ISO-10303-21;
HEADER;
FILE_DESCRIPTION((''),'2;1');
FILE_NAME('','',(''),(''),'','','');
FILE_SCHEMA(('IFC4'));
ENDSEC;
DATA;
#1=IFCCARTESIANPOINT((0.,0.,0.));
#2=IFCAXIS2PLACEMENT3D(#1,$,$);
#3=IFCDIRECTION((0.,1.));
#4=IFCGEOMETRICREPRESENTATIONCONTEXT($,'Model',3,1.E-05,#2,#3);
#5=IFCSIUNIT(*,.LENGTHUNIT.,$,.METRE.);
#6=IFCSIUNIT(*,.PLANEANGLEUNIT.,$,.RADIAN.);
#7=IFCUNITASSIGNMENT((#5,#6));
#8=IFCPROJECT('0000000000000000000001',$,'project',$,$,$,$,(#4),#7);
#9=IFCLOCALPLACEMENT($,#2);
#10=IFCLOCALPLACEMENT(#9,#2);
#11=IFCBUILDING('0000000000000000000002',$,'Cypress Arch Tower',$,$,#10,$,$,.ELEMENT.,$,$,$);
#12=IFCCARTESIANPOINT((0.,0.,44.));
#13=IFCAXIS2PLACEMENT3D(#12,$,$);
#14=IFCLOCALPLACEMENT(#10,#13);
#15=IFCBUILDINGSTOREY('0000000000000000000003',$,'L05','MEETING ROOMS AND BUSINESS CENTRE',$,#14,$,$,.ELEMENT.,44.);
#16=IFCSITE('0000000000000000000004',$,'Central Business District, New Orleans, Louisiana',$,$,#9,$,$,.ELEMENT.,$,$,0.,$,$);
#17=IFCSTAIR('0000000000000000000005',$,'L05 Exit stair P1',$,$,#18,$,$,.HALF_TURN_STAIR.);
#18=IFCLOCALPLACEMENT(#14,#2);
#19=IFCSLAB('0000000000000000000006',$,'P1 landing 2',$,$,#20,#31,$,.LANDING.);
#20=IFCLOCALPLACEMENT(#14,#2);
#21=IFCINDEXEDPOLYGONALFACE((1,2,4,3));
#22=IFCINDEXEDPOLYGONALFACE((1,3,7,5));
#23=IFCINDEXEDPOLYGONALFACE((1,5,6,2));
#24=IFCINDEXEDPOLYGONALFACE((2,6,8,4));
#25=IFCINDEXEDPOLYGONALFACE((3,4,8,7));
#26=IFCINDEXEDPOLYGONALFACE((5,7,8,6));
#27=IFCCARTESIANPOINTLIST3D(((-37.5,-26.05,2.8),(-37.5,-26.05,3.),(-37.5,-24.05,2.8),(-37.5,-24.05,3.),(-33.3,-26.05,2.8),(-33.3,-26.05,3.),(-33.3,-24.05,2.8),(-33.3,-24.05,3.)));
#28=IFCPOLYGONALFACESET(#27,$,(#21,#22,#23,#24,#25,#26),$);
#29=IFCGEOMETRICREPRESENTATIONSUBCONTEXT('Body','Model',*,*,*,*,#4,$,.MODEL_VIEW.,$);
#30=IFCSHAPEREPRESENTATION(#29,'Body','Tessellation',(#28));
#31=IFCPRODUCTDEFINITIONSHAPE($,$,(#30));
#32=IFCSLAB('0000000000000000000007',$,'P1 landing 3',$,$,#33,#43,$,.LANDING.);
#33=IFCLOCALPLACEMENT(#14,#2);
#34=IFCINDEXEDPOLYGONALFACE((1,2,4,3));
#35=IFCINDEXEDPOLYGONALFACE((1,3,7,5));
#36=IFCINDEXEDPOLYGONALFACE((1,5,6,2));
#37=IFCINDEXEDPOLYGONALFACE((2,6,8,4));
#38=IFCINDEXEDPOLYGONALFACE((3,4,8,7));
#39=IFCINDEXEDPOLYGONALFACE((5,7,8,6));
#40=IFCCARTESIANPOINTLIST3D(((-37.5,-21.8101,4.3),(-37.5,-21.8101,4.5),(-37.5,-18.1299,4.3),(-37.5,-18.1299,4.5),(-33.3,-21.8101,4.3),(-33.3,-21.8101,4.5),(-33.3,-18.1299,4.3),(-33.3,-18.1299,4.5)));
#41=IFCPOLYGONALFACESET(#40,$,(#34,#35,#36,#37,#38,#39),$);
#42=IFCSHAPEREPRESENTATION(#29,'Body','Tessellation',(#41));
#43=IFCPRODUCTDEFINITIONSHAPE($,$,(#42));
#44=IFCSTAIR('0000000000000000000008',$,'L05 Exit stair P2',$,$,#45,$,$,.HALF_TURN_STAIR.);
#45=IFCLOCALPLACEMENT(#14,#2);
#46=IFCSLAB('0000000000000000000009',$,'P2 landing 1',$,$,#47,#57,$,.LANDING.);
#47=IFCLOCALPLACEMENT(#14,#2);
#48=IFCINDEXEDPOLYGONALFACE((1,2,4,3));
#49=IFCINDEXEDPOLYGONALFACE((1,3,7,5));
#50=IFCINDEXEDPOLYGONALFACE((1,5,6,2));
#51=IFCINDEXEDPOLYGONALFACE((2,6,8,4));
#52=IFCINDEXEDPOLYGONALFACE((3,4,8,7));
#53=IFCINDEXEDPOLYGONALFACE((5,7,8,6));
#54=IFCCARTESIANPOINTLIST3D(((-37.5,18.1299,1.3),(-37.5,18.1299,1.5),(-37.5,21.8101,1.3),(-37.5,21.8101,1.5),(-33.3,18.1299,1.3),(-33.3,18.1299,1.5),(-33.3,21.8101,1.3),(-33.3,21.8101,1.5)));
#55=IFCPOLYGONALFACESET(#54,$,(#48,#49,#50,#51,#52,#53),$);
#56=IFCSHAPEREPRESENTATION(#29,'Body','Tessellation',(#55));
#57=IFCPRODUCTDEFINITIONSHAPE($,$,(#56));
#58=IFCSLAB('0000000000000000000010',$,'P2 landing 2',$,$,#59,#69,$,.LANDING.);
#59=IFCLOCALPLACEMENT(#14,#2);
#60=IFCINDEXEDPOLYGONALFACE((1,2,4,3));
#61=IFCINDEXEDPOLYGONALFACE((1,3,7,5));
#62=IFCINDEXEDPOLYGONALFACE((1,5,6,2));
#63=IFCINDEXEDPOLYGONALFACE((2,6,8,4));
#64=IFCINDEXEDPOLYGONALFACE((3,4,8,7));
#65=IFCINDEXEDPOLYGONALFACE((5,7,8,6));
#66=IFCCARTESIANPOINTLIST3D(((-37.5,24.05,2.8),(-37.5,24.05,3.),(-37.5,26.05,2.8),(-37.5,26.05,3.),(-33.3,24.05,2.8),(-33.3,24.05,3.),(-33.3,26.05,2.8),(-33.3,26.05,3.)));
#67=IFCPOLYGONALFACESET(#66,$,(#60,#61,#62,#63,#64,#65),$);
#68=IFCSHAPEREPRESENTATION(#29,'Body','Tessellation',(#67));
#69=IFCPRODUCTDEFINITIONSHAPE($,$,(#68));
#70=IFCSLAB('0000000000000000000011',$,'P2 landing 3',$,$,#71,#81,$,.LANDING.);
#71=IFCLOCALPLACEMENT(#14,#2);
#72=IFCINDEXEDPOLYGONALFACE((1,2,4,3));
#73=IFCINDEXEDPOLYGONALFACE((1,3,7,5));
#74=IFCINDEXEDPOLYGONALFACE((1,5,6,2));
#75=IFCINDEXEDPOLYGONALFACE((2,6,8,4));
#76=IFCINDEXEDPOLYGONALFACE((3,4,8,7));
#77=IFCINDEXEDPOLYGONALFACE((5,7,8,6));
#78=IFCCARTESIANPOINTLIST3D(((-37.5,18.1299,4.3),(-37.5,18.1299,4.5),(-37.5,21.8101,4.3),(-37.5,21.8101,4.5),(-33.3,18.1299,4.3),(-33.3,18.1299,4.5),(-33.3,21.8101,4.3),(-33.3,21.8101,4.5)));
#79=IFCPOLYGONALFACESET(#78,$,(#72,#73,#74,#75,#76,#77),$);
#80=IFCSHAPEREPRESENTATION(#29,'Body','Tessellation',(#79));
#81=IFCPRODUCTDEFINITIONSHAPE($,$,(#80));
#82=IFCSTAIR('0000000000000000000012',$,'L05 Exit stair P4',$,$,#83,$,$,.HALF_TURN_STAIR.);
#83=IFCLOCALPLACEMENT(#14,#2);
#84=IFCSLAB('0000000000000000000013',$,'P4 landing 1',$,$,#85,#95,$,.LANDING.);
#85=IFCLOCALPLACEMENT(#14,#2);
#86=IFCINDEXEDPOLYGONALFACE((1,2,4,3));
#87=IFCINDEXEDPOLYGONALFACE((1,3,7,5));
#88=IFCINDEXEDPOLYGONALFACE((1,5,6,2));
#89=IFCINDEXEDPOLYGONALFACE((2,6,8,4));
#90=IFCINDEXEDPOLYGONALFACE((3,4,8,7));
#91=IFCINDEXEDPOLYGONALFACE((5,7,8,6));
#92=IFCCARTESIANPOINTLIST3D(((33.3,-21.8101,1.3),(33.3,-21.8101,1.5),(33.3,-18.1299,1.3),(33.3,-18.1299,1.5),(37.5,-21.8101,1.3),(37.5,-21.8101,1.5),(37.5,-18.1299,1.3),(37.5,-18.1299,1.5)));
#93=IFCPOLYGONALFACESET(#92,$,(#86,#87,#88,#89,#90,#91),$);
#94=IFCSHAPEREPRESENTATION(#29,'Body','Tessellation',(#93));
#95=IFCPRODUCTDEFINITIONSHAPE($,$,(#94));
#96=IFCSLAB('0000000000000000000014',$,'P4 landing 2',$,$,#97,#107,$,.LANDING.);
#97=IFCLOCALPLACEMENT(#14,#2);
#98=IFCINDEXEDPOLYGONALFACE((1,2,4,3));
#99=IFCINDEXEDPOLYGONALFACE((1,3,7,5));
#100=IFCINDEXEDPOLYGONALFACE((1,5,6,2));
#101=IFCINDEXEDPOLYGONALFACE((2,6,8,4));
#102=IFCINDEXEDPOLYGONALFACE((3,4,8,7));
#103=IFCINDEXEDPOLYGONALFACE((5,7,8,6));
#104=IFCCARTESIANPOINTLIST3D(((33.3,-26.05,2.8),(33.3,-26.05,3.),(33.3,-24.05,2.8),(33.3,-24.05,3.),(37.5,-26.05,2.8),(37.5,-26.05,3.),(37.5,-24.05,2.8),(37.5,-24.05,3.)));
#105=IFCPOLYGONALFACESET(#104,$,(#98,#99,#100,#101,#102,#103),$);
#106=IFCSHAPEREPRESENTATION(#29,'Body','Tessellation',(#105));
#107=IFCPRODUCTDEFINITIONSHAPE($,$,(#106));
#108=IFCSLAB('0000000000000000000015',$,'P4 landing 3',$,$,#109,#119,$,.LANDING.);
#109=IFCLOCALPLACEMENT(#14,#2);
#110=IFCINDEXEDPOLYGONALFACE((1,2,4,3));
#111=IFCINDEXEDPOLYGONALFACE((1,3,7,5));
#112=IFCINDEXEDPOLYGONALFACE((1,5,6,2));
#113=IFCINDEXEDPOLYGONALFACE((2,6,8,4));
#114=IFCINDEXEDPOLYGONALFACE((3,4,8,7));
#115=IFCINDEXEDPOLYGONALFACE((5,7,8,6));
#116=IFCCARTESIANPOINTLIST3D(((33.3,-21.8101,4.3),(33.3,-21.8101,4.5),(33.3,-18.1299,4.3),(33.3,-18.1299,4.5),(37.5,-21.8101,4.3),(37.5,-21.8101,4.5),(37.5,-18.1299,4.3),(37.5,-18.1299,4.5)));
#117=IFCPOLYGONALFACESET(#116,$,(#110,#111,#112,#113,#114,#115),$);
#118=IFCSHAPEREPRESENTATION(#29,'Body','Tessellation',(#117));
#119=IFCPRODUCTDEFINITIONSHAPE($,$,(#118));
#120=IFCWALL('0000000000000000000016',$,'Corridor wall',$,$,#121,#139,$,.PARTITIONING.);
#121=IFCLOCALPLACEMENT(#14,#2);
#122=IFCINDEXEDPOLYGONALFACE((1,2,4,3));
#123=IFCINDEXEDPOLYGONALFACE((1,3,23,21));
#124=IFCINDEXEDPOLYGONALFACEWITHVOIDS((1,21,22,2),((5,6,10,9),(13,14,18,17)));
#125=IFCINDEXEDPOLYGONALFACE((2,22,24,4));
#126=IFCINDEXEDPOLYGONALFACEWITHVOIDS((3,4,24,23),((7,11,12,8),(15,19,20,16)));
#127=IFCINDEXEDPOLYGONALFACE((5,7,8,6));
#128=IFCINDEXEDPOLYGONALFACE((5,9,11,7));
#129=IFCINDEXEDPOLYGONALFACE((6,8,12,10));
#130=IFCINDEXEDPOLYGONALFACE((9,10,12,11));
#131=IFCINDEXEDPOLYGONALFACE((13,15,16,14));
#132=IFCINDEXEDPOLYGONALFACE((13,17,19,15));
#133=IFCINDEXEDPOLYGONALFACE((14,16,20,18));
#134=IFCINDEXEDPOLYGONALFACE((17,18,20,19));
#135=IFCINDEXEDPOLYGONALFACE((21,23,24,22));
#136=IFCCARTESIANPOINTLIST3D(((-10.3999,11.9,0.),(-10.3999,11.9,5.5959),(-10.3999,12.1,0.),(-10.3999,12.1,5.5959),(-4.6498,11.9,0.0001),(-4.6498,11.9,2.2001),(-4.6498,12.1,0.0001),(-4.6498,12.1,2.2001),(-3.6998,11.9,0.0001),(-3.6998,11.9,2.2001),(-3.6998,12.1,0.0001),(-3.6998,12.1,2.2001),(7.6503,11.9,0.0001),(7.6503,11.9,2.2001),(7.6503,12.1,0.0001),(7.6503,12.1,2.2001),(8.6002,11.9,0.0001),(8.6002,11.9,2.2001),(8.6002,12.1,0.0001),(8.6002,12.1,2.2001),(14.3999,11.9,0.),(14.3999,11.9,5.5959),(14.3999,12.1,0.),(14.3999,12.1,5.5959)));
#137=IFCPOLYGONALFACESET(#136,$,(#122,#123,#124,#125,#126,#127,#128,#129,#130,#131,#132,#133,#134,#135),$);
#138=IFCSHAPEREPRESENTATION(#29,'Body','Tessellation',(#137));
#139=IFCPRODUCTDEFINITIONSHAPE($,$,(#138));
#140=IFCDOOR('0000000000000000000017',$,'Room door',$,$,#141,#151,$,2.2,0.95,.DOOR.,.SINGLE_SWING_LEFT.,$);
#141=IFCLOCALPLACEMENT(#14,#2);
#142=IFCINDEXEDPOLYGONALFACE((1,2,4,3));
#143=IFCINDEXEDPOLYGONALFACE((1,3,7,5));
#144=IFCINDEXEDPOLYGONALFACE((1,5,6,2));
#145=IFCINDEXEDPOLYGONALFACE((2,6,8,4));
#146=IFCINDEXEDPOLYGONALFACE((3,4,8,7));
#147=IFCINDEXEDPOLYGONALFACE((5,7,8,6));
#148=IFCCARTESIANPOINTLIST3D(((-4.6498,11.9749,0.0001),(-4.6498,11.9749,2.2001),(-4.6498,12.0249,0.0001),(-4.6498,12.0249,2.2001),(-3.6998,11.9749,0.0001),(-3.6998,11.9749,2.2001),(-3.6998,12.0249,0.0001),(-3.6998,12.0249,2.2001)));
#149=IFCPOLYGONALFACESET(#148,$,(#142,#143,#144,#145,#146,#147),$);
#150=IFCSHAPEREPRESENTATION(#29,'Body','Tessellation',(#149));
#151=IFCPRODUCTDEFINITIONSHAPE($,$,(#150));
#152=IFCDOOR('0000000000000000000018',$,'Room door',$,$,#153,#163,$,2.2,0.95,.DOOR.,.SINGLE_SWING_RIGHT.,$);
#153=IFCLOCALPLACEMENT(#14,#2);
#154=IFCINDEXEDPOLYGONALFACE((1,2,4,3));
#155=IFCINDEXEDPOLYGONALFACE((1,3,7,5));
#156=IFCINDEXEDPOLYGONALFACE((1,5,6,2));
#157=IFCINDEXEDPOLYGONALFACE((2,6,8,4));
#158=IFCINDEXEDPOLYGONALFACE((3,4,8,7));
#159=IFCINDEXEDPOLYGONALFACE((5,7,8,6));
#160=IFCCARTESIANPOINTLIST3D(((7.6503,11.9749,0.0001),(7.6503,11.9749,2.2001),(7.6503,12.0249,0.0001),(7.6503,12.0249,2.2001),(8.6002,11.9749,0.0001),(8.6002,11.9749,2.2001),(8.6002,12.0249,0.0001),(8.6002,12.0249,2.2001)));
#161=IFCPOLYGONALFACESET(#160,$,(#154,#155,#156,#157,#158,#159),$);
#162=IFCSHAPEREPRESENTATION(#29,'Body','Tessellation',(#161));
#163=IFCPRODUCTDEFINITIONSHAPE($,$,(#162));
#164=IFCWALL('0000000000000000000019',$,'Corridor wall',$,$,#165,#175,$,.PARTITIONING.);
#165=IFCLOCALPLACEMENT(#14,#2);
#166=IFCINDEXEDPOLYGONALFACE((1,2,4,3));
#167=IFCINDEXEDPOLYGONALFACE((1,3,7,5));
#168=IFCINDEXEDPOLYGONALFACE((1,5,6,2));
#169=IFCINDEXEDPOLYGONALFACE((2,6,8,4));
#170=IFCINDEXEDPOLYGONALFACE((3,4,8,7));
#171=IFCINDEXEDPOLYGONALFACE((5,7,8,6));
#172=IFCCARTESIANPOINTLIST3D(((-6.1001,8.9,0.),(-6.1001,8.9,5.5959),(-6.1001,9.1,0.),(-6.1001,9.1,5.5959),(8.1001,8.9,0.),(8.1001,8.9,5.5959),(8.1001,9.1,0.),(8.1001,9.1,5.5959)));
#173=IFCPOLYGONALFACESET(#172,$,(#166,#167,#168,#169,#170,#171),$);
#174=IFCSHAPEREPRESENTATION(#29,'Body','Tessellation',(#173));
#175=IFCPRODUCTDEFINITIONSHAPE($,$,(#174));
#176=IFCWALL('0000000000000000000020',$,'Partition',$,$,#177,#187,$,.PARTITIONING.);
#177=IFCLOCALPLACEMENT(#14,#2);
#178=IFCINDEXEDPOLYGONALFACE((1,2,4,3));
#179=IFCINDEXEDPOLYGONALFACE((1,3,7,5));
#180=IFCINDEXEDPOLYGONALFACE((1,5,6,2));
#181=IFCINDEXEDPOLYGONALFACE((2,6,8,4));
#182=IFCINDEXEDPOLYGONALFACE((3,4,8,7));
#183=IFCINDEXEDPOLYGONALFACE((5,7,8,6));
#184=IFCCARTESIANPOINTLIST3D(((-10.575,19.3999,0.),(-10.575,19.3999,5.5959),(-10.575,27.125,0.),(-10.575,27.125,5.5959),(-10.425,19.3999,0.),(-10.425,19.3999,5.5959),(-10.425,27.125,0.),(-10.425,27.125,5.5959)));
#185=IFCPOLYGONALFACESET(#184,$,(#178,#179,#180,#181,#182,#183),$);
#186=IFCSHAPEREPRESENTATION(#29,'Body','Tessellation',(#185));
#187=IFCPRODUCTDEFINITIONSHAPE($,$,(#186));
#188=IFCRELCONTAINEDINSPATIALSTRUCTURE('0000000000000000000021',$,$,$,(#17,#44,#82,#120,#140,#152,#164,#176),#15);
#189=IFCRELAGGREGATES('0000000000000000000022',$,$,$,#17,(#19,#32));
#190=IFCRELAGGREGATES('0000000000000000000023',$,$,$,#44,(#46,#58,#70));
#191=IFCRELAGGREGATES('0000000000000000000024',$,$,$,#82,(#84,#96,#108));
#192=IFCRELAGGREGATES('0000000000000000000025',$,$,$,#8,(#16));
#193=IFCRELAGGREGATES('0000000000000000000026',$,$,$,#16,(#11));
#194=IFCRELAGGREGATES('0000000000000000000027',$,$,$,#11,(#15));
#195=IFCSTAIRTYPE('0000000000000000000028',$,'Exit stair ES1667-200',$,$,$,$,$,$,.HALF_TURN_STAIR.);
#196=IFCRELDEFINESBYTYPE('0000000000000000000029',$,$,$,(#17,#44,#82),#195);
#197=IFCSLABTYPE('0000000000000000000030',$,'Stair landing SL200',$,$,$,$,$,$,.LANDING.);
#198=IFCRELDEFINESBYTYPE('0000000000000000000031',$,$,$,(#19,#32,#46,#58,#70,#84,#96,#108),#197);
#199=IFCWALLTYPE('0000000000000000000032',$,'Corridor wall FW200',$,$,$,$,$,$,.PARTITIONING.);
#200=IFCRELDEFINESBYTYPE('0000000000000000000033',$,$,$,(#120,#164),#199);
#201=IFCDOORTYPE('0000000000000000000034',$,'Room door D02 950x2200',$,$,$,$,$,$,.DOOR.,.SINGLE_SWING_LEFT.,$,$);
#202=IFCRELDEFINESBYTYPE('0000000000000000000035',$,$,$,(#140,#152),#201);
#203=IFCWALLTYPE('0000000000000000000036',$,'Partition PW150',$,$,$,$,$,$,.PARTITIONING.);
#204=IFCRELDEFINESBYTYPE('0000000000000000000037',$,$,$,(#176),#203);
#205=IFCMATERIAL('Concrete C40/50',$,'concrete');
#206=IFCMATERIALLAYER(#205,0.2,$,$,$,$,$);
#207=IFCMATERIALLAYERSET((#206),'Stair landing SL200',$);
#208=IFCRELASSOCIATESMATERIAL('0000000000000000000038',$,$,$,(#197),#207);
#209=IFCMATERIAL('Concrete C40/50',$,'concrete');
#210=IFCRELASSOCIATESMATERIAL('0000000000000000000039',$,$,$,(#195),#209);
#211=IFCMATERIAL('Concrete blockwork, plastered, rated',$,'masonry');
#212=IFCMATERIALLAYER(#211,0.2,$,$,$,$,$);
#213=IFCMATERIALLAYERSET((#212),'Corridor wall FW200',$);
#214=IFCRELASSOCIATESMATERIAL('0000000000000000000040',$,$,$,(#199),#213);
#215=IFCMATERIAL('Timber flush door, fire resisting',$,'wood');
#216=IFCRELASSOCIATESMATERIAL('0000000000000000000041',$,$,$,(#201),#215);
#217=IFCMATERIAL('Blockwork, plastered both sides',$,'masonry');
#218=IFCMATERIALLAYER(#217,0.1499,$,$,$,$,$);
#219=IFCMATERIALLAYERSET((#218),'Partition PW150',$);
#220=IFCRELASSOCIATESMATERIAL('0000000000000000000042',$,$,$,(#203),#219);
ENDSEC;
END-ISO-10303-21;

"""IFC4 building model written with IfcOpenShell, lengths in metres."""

from ifc_helpers import new_model, si_unit, direction, frame, frame_2d, origin, place, context, subcontext, project, spatial, polyline, rectangle, outline, extrude, material, layer, layer_set, type_object, element, fill, aggregate, save


model = new_model("IFC4")

# Units and contexts
model_context = context("Model", 3, precision=1e-05, world=origin(), true_north=direction((0.0, 1.0)))
body_context = subcontext(model_context, "Body", "Model", "MODEL_VIEW")
ifc_project = project(units=[si_unit("LENGTHUNIT", "METRE"), si_unit("PLANEANGLEUNIT", "RADIAN")], contexts=[model_context])

# Site, building, storey
site_placement = place(None, origin())
site = spatial("IfcSite", under=ifc_project, at=site_placement, Name="Central Business District, New Orleans, Louisiana", CompositionType="ELEMENT", RefElevation=0.0)
building_placement = place(site_placement, origin())
building = spatial("IfcBuilding", under=site, at=building_placement, Name="Cypress Arch Tower", CompositionType="ELEMENT")
storey_placement = place(building_placement, frame((0.0, 0.0, 44.0)))
storey = spatial("IfcBuildingStorey", under=building, at=storey_placement, Name="L05", Description="MEETING ROOMS AND BUSINESS CENTRE", CompositionType="ELEMENT", Elevation=44.0)

# Shared definitions
ifc_material_1 = material(Name="Concrete C40/50", Category="concrete")
ifc_layer_1 = layer(ifc_material_1, 0.2)
ifc_layer_set_1 = layer_set([ifc_layer_1], Name="Stair landing SL200")
slab_type = type_object("IfcSlabType", Name="Stair landing SL200", PredefinedType="LANDING", material=ifc_layer_set_1)

# Stairs, slabs
ifc_material_2 = material(Name="Concrete C40/50", Category="concrete")
stair_type_1 = type_object("IfcStairType", Name="Exit stair ES1667-200", PredefinedType="HALF_TURN_STAIR", material=ifc_material_2)
stair_1_placement = place(storey_placement, origin())
stair_1 = element("IfcStair", 1, at=stair_1_placement, inside=storey, type_object=stair_type_1, Name="L05 Exit stair P1", PredefinedType="HALF_TURN_STAIR")
slab_1_placement = place(storey_placement, frame((0.0, 0.0, 2.8)))
slab_1 = element("IfcSlab", 2, at=slab_1_placement, type_object=slab_type, Name="P1 landing 2", PredefinedType="LANDING", context=body_context, shape_type="SweptSolid", body=[
    extrude(outline(polyline([(-33.3, -26.05), (-33.3, -24.05), (-37.5, -24.05), (-37.5, -26.05), (-33.3, -26.05)])), origin(), (0.0, 0.0, 1.0), 0.2),
])
slab_2_placement = place(storey_placement, frame((0.0, 0.0, 4.3)))
slab_2 = element("IfcSlab", 3, at=slab_2_placement, type_object=slab_type, Name="P1 landing 3", PredefinedType="LANDING", context=body_context, shape_type="SweptSolid", body=[
    extrude(outline(polyline([(-33.3, -21.8101), (-33.3, -18.1299), (-37.5, -18.1299), (-37.5, -21.8101), (-33.3, -21.8101)])), origin(), (0.0, 0.0, 1.0), 0.2),
])
aggregate(stair_1, [slab_1, slab_2])
stair_2_placement = place(storey_placement, origin())
stair_2 = element("IfcStair", 4, at=stair_2_placement, inside=storey, type_object=stair_type_1, Name="L05 Exit stair P2", PredefinedType="HALF_TURN_STAIR")
slab_3_placement = place(storey_placement, frame((0.0, 0.0, 1.3)))
slab_3 = element("IfcSlab", 5, at=slab_3_placement, type_object=slab_type, Name="P2 landing 1", PredefinedType="LANDING", context=body_context, shape_type="SweptSolid", body=[
    extrude(outline(polyline([(-37.5, 21.8101), (-37.5, 18.1299), (-33.3, 18.1299), (-33.3, 21.8101), (-37.5, 21.8101)])), origin(), (0.0, 0.0, 1.0), 0.2),
])
slab_4_placement = place(storey_placement, frame((0.0, 0.0, 2.8)))
slab_4 = element("IfcSlab", 6, at=slab_4_placement, type_object=slab_type, Name="P2 landing 2", PredefinedType="LANDING", context=body_context, shape_type="SweptSolid", body=[
    extrude(outline(polyline([(-37.5, 26.05), (-37.5, 24.05), (-33.3, 24.05), (-33.3, 26.05), (-37.5, 26.05)])), origin(), (0.0, 0.0, 1.0), 0.2),
])
slab_5_placement = place(storey_placement, frame((0.0, 0.0, 4.3)))
slab_5 = element("IfcSlab", 7, at=slab_5_placement, type_object=slab_type, Name="P2 landing 3", PredefinedType="LANDING", context=body_context, shape_type="SweptSolid", body=[
    extrude(outline(polyline([(-37.5, 21.8101), (-37.5, 18.1299), (-33.3, 18.1299), (-33.3, 21.8101), (-37.5, 21.8101)])), origin(), (0.0, 0.0, 1.0), 0.2),
])
aggregate(stair_2, [slab_3, slab_4, slab_5])
stair_3_placement = place(storey_placement, origin())
stair_3 = element("IfcStair", 8, at=stair_3_placement, inside=storey, type_object=stair_type_1, Name="L05 Exit stair P4", PredefinedType="HALF_TURN_STAIR")
slab_6_placement = place(storey_placement, frame((0.0, 0.0, 1.3)))
slab_6 = element("IfcSlab", 9, at=slab_6_placement, type_object=slab_type, Name="P4 landing 1", PredefinedType="LANDING", context=body_context, shape_type="SweptSolid", body=[
    extrude(outline(polyline([(37.5, -21.8101), (37.5, -18.1299), (33.3, -18.1299), (33.3, -21.8101), (37.5, -21.8101)])), origin(), (0.0, 0.0, 1.0), 0.2),
])
slab_7_placement = place(storey_placement, frame((0.0, 0.0, 2.8)))
slab_7 = element("IfcSlab", 10, at=slab_7_placement, type_object=slab_type, Name="P4 landing 2", PredefinedType="LANDING", context=body_context, shape_type="SweptSolid", body=[
    extrude(outline(polyline([(37.5, -26.05), (37.5, -24.05), (33.3, -24.05), (33.3, -26.05), (37.5, -26.05)])), origin(), (0.0, 0.0, 1.0), 0.2),
])
slab_8_placement = place(storey_placement, frame((0.0, 0.0, 4.3)))
slab_8 = element("IfcSlab", 11, at=slab_8_placement, type_object=slab_type, Name="P4 landing 3", PredefinedType="LANDING", context=body_context, shape_type="SweptSolid", body=[
    extrude(outline(polyline([(37.5, -21.8101), (37.5, -18.1299), (33.3, -18.1299), (33.3, -21.8101), (37.5, -21.8101)])), origin(), (0.0, 0.0, 1.0), 0.2),
])
aggregate(stair_3, [slab_6, slab_7, slab_8])

# Wall, openings, doors
ifc_material_3 = material(Name="Concrete blockwork, plastered, rated", Category="masonry")
ifc_layer_2 = layer(ifc_material_3, 0.2)
ifc_layer_set_2 = layer_set([ifc_layer_2], Name="Corridor wall FW200")
wall_type_1 = type_object("IfcWallType", Name="Corridor wall FW200", PredefinedType="PARTITIONING", material=ifc_layer_set_2)
wall_1_placement = place(storey_placement, frame((-10.3999, 12.0, 0.0), z_axis=(0.0, 0.0, 1.0), x_axis=(1.0, 0.0, 0.0)))
wall_1 = element("IfcWall", 12, at=wall_1_placement, inside=storey, type_object=wall_type_1, Name="Corridor wall", PredefinedType="PARTITIONING", context=body_context, shape_type="SweptSolid", body=[
    extrude(rectangle(XDim=24.7998, YDim=0.2, at=frame_2d((12.3999, 0.0))), origin(), (0.0, 0.0, 1.0), 5.5959),
])
opening_1_placement = place(wall_1_placement, frame((5.75, 0.0, 0.0)))
opening_1 = element("IfcOpeningElement", 13, at=opening_1_placement, cuts=wall_1, PredefinedType="OPENING", context=body_context, shape_type="SweptSolid", body=[
    extrude(rectangle(XDim=0.95, YDim=2.2, at=frame_2d((0.4751, 1.1001))), frame((0.0, 0.1099, 0.0), z_axis=(0.0, -1.0, 0.0), x_axis=(1.0, 0.0, 0.0)), (0.0, 0.0, 1.0), 0.22),
])
opening_2_placement = place(wall_1_placement, frame((18.05, 0.0, 0.0)))
opening_2 = element("IfcOpeningElement", 14, at=opening_2_placement, cuts=wall_1, PredefinedType="OPENING", context=body_context, shape_type="SweptSolid", body=[
    extrude(rectangle(XDim=0.95, YDim=2.2, at=frame_2d((0.4751, 1.1001))), frame((0.0, 0.1099, 0.0), z_axis=(0.0, -1.0, 0.0), x_axis=(1.0, 0.0, 0.0)), (0.0, 0.0, 1.0), 0.22),
])
ifc_material_4 = material(Name="Timber flush door, fire resisting", Category="wood")
door_type = type_object("IfcDoorType", Name="Room door D02 950x2200", OperationType="SINGLE_SWING_LEFT", PredefinedType="DOOR", material=ifc_material_4)
door_1_placement = place(opening_1_placement, origin())
door_1 = element("IfcDoor", 15, at=door_1_placement, inside=storey, type_object=door_type, Name="Room door", OperationType="SINGLE_SWING_LEFT", OverallHeight=2.2, OverallWidth=0.95, PredefinedType="DOOR", context=body_context, shape_type="SweptSolid", body=[
    extrude(rectangle(XDim=0.95, YDim=2.2, at=frame_2d((0.4751, 1.1001))), frame((0.0, 0.0249, 0.0), z_axis=(0.0, -1.0, 0.0), x_axis=(1.0, 0.0, 0.0)), (0.0, 0.0, 1.0), 0.05),
])
fill(opening_1, door_1)
door_2_placement = place(opening_2_placement, origin())
door_2 = element("IfcDoor", 16, at=door_2_placement, inside=storey, type_object=door_type, Name="Room door", OperationType="SINGLE_SWING_RIGHT", OverallHeight=2.2, OverallWidth=0.95, PredefinedType="DOOR", context=body_context, shape_type="SweptSolid", body=[
    extrude(rectangle(XDim=0.95, YDim=2.2, at=frame_2d((0.4751, 1.1001))), frame((0.0, 0.0249, 0.0), z_axis=(0.0, -1.0, 0.0), x_axis=(1.0, 0.0, 0.0)), (0.0, 0.0, 1.0), 0.05),
])
fill(opening_2, door_2)

# Walls
wall_2_placement = place(storey_placement, frame((-6.1001, 9.0, 0.0), z_axis=(0.0, 0.0, 1.0), x_axis=(1.0, 0.0, 0.0)))
element("IfcWall", 17, at=wall_2_placement, inside=storey, type_object=wall_type_1, Name="Corridor wall", PredefinedType="PARTITIONING", context=body_context, shape_type="SweptSolid", body=[
    extrude(rectangle(XDim=14.2002, YDim=0.2, at=frame_2d((7.1001, 0.0))), origin(), (0.0, 0.0, 1.0), 5.5959),
])
ifc_material_5 = material(Name="Blockwork, plastered both sides", Category="masonry")
ifc_layer_3 = layer(ifc_material_5, 0.1499)
ifc_layer_set_3 = layer_set([ifc_layer_3], Name="Partition PW150")
wall_type_2 = type_object("IfcWallType", Name="Partition PW150", PredefinedType="PARTITIONING", material=ifc_layer_set_3)
wall_3_placement = place(storey_placement, frame((-10.5, 19.3999, 0.0), z_axis=(0.0, 0.0, 1.0), x_axis=(0.0, 1.0, 0.0)))
element("IfcWall", 18, at=wall_3_placement, inside=storey, type_object=wall_type_2, Name="Partition", PredefinedType="PARTITIONING", context=body_context, shape_type="SweptSolid", body=[
    extrude(rectangle(XDim=7.7251, YDim=0.1499, at=frame_2d((3.8625, 0.0))), origin(), (0.0, 0.0, 1.0), 5.5959),
])

save(model, "model.ifc")
